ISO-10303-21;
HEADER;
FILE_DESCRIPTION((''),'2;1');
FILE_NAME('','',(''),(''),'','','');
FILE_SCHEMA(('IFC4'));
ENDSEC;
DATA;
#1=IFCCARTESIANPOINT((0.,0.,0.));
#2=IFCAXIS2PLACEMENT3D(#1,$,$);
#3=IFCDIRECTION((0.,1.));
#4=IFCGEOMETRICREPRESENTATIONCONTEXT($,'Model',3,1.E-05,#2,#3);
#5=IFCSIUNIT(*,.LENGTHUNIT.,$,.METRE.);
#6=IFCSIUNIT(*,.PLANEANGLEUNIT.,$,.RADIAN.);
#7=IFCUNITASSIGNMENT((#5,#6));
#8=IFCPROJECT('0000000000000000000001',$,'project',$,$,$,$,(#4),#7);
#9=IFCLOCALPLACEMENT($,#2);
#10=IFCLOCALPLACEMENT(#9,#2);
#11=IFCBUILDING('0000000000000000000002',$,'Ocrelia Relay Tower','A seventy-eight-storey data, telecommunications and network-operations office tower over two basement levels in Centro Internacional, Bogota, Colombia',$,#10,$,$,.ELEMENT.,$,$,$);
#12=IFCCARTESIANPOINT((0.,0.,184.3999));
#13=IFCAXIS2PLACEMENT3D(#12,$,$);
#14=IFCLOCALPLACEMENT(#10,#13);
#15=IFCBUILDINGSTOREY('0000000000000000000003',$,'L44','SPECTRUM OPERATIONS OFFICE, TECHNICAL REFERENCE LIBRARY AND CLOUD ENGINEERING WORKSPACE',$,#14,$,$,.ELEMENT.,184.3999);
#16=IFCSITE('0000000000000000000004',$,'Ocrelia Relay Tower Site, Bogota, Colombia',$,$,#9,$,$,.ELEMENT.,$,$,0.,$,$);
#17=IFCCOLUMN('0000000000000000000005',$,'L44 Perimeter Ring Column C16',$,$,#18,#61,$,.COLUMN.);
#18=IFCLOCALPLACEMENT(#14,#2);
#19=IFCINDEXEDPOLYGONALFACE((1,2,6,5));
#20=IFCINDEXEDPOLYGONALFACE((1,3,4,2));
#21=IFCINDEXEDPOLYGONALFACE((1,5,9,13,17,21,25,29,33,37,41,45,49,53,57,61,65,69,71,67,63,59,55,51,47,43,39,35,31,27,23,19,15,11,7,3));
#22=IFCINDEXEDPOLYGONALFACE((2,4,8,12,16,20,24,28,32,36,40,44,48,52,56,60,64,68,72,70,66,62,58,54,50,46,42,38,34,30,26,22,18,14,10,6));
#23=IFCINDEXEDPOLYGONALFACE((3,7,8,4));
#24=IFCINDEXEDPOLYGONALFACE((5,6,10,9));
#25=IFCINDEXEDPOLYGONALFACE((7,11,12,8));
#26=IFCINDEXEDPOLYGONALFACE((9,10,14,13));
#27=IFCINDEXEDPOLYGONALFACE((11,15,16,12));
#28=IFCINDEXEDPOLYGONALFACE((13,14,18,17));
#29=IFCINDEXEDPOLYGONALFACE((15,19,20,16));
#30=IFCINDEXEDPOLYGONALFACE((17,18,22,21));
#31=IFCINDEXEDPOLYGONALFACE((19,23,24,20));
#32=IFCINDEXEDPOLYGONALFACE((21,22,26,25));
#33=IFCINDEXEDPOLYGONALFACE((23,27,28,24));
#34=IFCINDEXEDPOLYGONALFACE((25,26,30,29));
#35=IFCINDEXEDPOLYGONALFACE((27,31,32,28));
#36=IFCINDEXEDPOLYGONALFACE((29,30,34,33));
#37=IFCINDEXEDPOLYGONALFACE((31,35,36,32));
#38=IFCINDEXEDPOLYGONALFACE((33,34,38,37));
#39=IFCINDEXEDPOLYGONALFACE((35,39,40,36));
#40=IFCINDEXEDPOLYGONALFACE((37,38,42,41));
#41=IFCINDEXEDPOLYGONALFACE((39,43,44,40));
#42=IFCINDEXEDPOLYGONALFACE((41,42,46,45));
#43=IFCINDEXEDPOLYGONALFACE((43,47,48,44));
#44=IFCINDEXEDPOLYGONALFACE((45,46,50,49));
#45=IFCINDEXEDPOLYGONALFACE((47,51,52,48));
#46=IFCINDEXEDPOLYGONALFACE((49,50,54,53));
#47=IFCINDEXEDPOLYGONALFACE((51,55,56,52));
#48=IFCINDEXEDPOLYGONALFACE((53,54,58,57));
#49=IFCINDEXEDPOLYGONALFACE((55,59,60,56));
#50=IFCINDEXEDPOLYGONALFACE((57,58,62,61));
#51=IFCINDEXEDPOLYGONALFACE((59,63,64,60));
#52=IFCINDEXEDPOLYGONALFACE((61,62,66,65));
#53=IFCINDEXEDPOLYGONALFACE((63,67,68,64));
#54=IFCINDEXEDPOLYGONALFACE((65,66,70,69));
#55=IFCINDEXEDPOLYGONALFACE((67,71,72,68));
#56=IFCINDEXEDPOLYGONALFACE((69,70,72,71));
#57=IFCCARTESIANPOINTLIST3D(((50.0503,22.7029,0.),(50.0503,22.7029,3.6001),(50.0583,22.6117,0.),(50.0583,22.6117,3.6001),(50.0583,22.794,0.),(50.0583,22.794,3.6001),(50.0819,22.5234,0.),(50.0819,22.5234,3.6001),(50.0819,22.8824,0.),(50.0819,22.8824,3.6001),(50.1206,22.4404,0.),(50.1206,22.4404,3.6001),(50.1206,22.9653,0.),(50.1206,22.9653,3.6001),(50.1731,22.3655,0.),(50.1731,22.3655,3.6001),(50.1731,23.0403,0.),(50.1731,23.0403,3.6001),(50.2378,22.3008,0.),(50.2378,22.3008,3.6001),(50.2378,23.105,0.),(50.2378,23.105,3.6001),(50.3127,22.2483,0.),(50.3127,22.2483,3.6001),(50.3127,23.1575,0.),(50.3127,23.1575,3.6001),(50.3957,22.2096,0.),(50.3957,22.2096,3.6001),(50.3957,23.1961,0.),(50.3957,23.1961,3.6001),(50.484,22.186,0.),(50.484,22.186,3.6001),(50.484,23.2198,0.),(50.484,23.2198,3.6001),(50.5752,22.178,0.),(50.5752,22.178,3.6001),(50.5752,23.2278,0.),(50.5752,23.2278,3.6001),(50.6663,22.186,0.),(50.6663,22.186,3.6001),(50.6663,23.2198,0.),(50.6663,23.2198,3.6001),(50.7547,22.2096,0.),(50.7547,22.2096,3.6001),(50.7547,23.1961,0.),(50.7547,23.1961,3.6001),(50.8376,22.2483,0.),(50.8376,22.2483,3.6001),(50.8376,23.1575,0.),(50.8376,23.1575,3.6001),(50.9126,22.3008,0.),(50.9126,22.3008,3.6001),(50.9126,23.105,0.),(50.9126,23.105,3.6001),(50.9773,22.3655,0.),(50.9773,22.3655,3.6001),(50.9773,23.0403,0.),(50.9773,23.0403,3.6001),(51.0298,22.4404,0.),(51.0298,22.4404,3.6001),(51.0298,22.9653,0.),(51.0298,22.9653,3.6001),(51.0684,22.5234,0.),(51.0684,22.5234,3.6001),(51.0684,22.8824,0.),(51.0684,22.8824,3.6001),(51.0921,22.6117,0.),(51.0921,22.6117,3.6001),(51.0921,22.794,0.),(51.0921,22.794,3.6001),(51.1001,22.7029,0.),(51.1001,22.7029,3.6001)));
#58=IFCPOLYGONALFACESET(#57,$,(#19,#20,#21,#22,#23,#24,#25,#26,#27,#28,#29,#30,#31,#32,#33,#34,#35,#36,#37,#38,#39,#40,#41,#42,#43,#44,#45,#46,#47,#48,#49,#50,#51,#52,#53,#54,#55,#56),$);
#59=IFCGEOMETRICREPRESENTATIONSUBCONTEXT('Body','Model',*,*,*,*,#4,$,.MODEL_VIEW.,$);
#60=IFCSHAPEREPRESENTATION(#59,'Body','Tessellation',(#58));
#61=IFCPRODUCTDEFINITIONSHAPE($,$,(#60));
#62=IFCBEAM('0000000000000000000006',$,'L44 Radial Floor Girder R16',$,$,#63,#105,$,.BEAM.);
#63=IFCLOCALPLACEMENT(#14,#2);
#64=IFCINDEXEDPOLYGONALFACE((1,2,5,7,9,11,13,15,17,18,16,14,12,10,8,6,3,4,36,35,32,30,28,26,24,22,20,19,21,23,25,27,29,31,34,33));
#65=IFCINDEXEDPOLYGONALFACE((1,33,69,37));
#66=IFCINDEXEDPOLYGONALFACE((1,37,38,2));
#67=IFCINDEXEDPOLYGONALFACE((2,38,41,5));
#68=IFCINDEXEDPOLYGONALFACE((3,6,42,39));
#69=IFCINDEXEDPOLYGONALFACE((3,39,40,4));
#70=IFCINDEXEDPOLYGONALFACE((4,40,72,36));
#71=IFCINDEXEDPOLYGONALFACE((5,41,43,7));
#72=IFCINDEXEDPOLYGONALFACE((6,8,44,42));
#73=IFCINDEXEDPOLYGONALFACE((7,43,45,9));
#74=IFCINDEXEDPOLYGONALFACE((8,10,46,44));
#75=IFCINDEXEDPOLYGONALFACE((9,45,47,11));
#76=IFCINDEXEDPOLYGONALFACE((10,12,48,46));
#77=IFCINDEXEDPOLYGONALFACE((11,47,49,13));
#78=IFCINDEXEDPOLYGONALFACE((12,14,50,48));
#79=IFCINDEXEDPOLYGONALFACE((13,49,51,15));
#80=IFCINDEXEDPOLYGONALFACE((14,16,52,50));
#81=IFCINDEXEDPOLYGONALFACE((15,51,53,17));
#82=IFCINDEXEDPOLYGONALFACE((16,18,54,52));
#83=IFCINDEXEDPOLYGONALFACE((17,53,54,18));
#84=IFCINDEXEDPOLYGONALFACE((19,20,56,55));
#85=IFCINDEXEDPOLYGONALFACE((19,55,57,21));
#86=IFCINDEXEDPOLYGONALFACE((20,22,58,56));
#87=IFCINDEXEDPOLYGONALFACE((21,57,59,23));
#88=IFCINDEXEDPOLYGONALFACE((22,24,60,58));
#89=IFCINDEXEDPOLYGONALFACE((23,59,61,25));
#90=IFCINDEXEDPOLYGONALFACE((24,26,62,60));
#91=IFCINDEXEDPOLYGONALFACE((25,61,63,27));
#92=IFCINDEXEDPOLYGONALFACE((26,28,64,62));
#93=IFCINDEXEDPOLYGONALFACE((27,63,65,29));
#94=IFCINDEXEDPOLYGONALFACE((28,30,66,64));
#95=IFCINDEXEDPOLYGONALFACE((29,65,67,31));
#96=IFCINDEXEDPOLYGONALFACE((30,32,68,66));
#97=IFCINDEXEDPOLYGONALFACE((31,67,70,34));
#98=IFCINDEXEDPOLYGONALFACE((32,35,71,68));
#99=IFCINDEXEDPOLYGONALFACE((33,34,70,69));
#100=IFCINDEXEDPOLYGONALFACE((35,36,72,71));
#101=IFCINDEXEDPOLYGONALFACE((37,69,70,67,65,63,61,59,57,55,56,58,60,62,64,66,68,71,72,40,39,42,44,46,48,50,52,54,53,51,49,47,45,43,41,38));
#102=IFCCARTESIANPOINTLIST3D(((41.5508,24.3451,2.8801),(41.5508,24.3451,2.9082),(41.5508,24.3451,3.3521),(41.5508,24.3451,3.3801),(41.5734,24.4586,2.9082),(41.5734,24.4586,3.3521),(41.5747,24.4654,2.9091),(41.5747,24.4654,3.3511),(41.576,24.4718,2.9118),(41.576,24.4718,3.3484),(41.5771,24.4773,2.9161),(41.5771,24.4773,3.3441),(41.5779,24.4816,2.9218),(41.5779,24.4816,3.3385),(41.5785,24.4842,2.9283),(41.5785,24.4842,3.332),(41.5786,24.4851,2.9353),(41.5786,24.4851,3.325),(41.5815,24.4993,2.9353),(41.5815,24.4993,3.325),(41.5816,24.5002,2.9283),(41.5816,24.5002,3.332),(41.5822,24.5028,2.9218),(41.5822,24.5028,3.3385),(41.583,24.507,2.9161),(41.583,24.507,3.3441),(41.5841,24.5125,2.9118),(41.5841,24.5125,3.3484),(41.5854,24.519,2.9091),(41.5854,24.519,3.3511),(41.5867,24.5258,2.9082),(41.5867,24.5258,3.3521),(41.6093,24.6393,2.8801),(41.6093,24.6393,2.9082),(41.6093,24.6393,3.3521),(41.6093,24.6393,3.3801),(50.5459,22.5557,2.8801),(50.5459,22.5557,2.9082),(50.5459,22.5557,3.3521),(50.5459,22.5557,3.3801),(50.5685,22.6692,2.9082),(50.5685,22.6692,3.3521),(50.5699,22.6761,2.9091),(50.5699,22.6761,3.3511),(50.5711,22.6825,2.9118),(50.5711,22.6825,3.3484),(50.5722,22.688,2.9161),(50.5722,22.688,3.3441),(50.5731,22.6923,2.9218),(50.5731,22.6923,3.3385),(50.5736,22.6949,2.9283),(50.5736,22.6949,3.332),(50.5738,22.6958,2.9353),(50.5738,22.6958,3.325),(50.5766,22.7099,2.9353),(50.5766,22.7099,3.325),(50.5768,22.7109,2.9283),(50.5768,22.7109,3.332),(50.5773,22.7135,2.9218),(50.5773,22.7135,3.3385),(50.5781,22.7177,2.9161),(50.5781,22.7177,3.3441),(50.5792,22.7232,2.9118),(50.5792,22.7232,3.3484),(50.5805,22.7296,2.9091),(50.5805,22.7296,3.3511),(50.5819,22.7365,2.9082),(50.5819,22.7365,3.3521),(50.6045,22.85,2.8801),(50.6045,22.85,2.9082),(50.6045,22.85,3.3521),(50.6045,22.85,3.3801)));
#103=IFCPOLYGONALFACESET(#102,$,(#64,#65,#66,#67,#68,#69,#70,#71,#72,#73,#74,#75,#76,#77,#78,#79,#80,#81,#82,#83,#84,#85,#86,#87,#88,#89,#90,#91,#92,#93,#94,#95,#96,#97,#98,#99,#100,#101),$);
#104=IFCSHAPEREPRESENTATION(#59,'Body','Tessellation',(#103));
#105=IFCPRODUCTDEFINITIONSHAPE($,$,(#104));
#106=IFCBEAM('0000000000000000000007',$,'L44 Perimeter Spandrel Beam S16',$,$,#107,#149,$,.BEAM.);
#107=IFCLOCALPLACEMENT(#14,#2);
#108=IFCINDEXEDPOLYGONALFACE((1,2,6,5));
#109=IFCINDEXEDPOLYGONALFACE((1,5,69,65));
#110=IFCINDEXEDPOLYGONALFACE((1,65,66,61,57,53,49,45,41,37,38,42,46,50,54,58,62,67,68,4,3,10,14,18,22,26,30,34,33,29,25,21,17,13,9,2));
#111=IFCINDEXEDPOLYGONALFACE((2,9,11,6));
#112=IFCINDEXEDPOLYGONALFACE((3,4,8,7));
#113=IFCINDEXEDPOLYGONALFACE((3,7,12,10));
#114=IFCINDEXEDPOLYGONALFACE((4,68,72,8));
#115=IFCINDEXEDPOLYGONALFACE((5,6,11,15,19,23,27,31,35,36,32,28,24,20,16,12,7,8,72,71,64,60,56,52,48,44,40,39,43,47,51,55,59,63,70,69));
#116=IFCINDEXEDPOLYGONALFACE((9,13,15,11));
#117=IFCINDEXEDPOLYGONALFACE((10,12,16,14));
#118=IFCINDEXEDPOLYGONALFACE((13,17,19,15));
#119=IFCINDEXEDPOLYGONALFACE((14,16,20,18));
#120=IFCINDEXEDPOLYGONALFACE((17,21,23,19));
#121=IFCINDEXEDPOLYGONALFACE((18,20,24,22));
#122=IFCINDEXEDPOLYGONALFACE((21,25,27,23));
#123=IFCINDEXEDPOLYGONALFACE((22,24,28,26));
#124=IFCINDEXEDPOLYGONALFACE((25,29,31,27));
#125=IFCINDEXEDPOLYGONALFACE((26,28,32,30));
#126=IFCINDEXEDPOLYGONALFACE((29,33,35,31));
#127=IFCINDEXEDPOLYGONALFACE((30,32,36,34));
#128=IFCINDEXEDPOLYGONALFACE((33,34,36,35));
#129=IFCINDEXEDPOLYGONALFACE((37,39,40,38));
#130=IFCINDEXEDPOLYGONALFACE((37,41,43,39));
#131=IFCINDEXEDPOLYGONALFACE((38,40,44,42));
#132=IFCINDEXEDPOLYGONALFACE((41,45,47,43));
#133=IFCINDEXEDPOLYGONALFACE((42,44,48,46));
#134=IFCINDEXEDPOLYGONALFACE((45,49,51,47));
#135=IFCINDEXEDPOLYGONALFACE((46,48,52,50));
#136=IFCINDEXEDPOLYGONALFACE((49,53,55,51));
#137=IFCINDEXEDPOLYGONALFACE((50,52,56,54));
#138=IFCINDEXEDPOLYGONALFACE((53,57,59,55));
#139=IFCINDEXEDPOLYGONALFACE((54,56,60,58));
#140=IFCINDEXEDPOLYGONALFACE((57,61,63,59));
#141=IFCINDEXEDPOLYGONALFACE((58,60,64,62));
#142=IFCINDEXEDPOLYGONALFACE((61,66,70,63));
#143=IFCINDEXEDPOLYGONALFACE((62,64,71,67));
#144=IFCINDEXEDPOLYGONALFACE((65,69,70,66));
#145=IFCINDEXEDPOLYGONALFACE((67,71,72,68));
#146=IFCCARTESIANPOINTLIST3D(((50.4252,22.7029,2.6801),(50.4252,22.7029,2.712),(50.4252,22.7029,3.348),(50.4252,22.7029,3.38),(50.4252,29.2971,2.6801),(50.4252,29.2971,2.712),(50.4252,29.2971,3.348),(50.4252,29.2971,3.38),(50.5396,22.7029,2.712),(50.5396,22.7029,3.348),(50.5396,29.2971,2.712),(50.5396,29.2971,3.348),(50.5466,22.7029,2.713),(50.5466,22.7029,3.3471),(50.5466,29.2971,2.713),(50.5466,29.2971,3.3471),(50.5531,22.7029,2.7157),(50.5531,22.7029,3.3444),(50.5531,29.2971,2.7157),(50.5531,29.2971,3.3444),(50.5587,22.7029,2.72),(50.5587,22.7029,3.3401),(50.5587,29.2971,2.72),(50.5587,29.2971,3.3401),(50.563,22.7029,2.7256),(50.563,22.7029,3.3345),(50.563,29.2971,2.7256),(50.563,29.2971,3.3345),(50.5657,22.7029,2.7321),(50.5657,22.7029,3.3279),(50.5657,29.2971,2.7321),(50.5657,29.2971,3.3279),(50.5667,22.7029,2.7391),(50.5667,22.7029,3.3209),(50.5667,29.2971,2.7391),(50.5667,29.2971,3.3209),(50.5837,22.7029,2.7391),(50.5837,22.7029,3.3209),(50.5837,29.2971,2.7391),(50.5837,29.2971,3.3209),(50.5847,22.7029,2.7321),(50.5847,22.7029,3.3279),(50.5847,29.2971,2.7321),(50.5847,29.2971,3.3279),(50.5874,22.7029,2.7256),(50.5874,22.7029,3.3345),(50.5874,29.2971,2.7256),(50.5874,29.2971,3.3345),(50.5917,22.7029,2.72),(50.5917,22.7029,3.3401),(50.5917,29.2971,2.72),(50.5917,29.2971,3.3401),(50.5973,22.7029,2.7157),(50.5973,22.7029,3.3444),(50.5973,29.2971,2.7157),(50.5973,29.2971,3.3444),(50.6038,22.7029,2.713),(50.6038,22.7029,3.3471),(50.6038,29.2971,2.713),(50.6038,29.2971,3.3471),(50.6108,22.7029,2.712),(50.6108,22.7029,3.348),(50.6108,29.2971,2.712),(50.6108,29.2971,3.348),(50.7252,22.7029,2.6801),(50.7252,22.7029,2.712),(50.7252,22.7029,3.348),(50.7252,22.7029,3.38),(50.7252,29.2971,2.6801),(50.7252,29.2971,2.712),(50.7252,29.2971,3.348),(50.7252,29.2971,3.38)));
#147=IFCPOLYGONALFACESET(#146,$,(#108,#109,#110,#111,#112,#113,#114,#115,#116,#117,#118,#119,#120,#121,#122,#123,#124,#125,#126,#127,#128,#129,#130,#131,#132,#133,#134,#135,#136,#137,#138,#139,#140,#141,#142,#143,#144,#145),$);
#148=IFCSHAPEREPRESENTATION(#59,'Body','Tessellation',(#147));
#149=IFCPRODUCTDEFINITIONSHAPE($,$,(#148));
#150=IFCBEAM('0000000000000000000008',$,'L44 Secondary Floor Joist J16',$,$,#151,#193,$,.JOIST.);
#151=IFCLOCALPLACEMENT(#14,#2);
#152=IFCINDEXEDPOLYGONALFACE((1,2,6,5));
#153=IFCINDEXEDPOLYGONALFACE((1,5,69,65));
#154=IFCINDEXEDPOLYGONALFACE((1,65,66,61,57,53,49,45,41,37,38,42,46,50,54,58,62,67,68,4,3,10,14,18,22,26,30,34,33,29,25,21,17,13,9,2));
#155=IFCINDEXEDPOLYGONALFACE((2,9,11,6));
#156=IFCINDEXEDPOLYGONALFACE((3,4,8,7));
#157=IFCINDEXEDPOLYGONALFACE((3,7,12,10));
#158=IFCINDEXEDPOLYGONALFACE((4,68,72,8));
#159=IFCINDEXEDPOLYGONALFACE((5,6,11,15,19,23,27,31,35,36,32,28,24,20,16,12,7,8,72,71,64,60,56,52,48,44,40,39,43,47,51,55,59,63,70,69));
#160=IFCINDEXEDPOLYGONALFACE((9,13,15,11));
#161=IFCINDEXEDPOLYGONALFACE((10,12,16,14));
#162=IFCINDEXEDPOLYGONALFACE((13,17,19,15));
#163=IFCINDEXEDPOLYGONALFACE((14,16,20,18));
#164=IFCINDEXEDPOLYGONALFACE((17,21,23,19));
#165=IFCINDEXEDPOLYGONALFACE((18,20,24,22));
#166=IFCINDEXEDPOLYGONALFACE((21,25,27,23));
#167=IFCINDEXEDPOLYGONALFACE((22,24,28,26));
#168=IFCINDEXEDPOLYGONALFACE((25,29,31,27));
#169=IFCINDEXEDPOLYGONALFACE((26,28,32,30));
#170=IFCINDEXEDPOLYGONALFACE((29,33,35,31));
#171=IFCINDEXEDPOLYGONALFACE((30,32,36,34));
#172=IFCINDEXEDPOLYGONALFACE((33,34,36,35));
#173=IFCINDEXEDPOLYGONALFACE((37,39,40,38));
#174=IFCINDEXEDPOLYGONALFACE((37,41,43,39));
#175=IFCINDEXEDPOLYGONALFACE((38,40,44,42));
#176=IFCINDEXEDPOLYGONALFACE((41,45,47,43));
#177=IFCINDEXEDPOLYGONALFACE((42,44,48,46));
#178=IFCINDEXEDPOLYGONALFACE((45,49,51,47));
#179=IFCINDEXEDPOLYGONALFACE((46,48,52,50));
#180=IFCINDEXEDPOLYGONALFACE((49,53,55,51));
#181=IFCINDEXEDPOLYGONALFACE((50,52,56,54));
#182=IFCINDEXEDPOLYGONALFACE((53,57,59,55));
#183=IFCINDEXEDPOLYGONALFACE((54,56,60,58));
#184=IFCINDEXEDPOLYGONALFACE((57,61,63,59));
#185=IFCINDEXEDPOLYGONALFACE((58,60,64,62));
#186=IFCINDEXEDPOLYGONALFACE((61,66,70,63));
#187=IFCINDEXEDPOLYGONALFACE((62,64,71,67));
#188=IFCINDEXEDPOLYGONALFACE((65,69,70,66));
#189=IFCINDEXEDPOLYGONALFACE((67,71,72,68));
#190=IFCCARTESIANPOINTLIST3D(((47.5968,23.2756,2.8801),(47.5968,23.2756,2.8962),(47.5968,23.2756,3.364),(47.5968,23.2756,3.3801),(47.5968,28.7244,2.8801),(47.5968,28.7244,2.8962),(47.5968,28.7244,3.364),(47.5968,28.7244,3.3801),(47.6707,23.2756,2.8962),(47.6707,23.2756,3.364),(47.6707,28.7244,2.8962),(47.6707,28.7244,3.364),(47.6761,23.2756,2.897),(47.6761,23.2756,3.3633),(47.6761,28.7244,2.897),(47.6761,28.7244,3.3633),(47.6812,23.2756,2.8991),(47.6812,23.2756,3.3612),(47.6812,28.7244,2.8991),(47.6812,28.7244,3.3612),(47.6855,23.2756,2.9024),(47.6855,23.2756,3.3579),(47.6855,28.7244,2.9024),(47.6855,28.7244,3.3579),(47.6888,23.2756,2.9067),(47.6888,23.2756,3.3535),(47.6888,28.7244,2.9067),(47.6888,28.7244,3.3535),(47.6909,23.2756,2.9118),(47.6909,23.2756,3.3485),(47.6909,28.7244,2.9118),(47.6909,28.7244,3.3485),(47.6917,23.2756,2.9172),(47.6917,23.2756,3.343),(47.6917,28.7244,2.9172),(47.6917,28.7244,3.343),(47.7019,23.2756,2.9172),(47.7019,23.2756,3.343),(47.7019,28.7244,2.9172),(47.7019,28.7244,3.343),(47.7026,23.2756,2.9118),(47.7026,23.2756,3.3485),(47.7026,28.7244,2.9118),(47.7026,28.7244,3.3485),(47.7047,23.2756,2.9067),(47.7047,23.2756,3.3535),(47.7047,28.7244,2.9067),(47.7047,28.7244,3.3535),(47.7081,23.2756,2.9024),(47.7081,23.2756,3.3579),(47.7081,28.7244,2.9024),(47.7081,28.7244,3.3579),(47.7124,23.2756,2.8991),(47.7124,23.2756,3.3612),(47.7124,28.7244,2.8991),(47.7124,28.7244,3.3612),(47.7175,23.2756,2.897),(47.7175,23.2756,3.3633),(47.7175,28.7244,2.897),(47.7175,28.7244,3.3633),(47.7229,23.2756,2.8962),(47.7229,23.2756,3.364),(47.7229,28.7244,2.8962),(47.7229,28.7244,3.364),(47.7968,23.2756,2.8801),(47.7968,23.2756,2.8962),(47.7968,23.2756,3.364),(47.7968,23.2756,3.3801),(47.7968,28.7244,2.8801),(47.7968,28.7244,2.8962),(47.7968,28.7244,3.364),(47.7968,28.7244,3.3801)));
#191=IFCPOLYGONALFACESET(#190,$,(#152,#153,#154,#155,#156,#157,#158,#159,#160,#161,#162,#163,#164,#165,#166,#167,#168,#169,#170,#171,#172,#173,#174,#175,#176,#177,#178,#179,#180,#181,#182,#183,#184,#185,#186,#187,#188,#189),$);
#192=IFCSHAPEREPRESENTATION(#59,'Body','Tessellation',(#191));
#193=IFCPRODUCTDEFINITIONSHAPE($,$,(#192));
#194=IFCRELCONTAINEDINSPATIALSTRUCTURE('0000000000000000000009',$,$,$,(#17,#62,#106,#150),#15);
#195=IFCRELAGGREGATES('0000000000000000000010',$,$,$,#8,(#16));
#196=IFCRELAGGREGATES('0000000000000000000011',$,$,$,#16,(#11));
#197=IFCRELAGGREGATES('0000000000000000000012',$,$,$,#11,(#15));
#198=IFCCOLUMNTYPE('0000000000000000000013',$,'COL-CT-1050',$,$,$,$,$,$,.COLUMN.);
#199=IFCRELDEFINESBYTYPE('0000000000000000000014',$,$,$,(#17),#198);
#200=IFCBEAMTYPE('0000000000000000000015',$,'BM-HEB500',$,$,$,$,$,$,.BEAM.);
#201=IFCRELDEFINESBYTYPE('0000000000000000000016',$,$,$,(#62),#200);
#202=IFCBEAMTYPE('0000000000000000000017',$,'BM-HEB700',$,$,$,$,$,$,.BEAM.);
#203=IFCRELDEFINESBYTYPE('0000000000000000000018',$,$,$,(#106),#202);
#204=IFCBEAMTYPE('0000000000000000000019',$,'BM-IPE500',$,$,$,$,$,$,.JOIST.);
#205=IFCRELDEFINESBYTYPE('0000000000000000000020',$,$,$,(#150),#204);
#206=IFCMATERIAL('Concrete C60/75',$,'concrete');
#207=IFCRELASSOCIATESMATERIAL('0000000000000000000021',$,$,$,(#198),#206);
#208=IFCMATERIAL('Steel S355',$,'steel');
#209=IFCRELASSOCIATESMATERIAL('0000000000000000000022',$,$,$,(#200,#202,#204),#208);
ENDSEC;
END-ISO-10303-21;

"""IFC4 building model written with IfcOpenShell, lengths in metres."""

from ifc_helpers import new_model, si_unit, direction, frame, origin, origin_2d, place, context, subcontext, project, spatial, circle, i_section, extrude, material, material_profile, profile_set, type_object, element, save


model = new_model("IFC4")

# Units and contexts
model_context = context("Model", 3, precision=1e-05, world=origin(), true_north=direction((0.0, 1.0)))
body_context = subcontext(model_context, "Body", "Model", "MODEL_VIEW")
ifc_project = project(units=[si_unit("LENGTHUNIT", "METRE"), si_unit("PLANEANGLEUNIT", "RADIAN")], contexts=[model_context])

# Site, building, storey
site_placement = place(None, origin())
site = spatial("IfcSite", under=ifc_project, at=site_placement, Name="Ocrelia Relay Tower Site, Bogota, Colombia", CompositionType="ELEMENT", RefElevation=0.0)
building_placement = place(site_placement, origin())
building = spatial("IfcBuilding", under=site, at=building_placement, Name="Ocrelia Relay Tower", Description="A seventy-eight-storey data, telecommunications and network-operations office tower over two basement levels in Centro Internacional, Bogota, Colombia", CompositionType="ELEMENT")
storey_placement = place(building_placement, frame((0.0, 0.0, 184.3999)))
storey = spatial("IfcBuildingStorey", under=building, at=storey_placement, Name="L44", Description="SPECTRUM OPERATIONS OFFICE, TECHNICAL REFERENCE LIBRARY AND CLOUD ENGINEERING WORKSPACE", CompositionType="ELEMENT", Elevation=184.3999)

# Column
ifc_material_1 = material(Name="Concrete C60/75", Category="concrete")
ifc_material_profile_1 = material_profile(ifc_material_1, circle(Radius=0.5249, at=origin_2d()), Name="RC-CIR-1050")
ifc_profile_set_1 = profile_set([ifc_material_profile_1], Name="Concrete C60/75")
column_type = type_object("IfcColumnType", Name="COL-CT-1050", PredefinedType="COLUMN", material=ifc_profile_set_1)
column_placement = place(storey_placement, frame((50.5752, 22.7029, 0.0), z_axis=(0.0, 0.0, 1.0), x_axis=(1.0, 0.0, 0.0)))
element("IfcColumn", 1, at=column_placement, inside=storey, type_object=column_type, Name="L44 Perimeter Ring Column C16", PredefinedType="COLUMN", context=body_context, shape_type="SweptSolid", body=[
    extrude(circle(Radius=0.5249, at=origin_2d()), origin(), (0.0, 0.0, 1.0), 3.6001),
])

# Beams
ifc_material_2 = material(Name="Steel S355", Category="steel")
ifc_material_profile_2 = material_profile(ifc_material_2, i_section(OverallWidth=0.3, OverallDepth=0.5, WebThickness=0.0144, FlangeThickness=0.0281, FilletRadius=0.0271, at=origin_2d()), Name="HEB 500")
ifc_profile_set_2 = profile_set([ifc_material_profile_2], Name="Steel S355")
beam_type_1 = type_object("IfcBeamType", Name="BM-HEB500", PredefinedType="BEAM", material=ifc_profile_set_2)
beam_1_placement = place(storey_placement, frame((50.5752, 22.7029, 3.1301), z_axis=(-0.980784, 0.195097, 0.0), x_axis=(-0.195097, -0.980784, 0.0)))
element("IfcBeam", 2, at=beam_1_placement, inside=storey, type_object=beam_type_1, Name="L44 Radial Floor Girder R16", PredefinedType="BEAM", context=body_context, shape_type="SweptSolid", body=[
    extrude(i_section(OverallWidth=0.3, OverallDepth=0.5, WebThickness=0.0144, FlangeThickness=0.0281, FilletRadius=0.0271, at=origin_2d()), origin(), (0.0, 0.0, 1.0), 9.1714),
])
ifc_material_profile_3 = material_profile(ifc_material_2, i_section(OverallWidth=0.3, OverallDepth=0.7, WebThickness=0.0171, FlangeThickness=0.032, FilletRadius=0.0271, at=origin_2d()), Name="HEB 700")
ifc_profile_set_3 = profile_set([ifc_material_profile_3], Name="Steel S355")
beam_type_2 = type_object("IfcBeamType", Name="BM-HEB700", PredefinedType="BEAM", material=ifc_profile_set_3)
beam_2_placement = place(storey_placement, frame((50.5752, 22.7029, 3.03), z_axis=(0.0, 1.0, 0.0), x_axis=(-1.0, 0.0, 0.0)))
element("IfcBeam", 3, at=beam_2_placement, inside=storey, type_object=beam_type_2, Name="L44 Perimeter Spandrel Beam S16", PredefinedType="BEAM", context=body_context, shape_type="SweptSolid", body=[
    extrude(i_section(OverallWidth=0.3, OverallDepth=0.7, WebThickness=0.0171, FlangeThickness=0.032, FilletRadius=0.0271, at=origin_2d()), origin(), (0.0, 0.0, 1.0), 6.5942),
])
ifc_material_profile_4 = material_profile(ifc_material_2, i_section(OverallWidth=0.2, OverallDepth=0.5, WebThickness=0.0103, FlangeThickness=0.0161, FilletRadius=0.021, at=origin_2d()), Name="IPE 500")
ifc_profile_set_4 = profile_set([ifc_material_profile_4], Name="Steel S355")
beam_type_3 = type_object("IfcBeamType", Name="BM-IPE500", PredefinedType="JOIST", material=ifc_profile_set_4)
beam_3_placement = place(storey_placement, frame((47.6968, 23.2756, 3.1301), z_axis=(0.0, 1.0, 0.0), x_axis=(-1.0, 0.0, 0.0)))
element("IfcBeam", 4, at=beam_3_placement, inside=storey, type_object=beam_type_3, Name="L44 Secondary Floor Joist J16", PredefinedType="JOIST", context=body_context, shape_type="SweptSolid", body=[
    extrude(i_section(OverallWidth=0.2, OverallDepth=0.5, WebThickness=0.0103, FlangeThickness=0.0161, FilletRadius=0.021, at=origin_2d()), origin(), (0.0, 0.0, 1.0), 5.4487),
])

save(model, "model.ifc")
